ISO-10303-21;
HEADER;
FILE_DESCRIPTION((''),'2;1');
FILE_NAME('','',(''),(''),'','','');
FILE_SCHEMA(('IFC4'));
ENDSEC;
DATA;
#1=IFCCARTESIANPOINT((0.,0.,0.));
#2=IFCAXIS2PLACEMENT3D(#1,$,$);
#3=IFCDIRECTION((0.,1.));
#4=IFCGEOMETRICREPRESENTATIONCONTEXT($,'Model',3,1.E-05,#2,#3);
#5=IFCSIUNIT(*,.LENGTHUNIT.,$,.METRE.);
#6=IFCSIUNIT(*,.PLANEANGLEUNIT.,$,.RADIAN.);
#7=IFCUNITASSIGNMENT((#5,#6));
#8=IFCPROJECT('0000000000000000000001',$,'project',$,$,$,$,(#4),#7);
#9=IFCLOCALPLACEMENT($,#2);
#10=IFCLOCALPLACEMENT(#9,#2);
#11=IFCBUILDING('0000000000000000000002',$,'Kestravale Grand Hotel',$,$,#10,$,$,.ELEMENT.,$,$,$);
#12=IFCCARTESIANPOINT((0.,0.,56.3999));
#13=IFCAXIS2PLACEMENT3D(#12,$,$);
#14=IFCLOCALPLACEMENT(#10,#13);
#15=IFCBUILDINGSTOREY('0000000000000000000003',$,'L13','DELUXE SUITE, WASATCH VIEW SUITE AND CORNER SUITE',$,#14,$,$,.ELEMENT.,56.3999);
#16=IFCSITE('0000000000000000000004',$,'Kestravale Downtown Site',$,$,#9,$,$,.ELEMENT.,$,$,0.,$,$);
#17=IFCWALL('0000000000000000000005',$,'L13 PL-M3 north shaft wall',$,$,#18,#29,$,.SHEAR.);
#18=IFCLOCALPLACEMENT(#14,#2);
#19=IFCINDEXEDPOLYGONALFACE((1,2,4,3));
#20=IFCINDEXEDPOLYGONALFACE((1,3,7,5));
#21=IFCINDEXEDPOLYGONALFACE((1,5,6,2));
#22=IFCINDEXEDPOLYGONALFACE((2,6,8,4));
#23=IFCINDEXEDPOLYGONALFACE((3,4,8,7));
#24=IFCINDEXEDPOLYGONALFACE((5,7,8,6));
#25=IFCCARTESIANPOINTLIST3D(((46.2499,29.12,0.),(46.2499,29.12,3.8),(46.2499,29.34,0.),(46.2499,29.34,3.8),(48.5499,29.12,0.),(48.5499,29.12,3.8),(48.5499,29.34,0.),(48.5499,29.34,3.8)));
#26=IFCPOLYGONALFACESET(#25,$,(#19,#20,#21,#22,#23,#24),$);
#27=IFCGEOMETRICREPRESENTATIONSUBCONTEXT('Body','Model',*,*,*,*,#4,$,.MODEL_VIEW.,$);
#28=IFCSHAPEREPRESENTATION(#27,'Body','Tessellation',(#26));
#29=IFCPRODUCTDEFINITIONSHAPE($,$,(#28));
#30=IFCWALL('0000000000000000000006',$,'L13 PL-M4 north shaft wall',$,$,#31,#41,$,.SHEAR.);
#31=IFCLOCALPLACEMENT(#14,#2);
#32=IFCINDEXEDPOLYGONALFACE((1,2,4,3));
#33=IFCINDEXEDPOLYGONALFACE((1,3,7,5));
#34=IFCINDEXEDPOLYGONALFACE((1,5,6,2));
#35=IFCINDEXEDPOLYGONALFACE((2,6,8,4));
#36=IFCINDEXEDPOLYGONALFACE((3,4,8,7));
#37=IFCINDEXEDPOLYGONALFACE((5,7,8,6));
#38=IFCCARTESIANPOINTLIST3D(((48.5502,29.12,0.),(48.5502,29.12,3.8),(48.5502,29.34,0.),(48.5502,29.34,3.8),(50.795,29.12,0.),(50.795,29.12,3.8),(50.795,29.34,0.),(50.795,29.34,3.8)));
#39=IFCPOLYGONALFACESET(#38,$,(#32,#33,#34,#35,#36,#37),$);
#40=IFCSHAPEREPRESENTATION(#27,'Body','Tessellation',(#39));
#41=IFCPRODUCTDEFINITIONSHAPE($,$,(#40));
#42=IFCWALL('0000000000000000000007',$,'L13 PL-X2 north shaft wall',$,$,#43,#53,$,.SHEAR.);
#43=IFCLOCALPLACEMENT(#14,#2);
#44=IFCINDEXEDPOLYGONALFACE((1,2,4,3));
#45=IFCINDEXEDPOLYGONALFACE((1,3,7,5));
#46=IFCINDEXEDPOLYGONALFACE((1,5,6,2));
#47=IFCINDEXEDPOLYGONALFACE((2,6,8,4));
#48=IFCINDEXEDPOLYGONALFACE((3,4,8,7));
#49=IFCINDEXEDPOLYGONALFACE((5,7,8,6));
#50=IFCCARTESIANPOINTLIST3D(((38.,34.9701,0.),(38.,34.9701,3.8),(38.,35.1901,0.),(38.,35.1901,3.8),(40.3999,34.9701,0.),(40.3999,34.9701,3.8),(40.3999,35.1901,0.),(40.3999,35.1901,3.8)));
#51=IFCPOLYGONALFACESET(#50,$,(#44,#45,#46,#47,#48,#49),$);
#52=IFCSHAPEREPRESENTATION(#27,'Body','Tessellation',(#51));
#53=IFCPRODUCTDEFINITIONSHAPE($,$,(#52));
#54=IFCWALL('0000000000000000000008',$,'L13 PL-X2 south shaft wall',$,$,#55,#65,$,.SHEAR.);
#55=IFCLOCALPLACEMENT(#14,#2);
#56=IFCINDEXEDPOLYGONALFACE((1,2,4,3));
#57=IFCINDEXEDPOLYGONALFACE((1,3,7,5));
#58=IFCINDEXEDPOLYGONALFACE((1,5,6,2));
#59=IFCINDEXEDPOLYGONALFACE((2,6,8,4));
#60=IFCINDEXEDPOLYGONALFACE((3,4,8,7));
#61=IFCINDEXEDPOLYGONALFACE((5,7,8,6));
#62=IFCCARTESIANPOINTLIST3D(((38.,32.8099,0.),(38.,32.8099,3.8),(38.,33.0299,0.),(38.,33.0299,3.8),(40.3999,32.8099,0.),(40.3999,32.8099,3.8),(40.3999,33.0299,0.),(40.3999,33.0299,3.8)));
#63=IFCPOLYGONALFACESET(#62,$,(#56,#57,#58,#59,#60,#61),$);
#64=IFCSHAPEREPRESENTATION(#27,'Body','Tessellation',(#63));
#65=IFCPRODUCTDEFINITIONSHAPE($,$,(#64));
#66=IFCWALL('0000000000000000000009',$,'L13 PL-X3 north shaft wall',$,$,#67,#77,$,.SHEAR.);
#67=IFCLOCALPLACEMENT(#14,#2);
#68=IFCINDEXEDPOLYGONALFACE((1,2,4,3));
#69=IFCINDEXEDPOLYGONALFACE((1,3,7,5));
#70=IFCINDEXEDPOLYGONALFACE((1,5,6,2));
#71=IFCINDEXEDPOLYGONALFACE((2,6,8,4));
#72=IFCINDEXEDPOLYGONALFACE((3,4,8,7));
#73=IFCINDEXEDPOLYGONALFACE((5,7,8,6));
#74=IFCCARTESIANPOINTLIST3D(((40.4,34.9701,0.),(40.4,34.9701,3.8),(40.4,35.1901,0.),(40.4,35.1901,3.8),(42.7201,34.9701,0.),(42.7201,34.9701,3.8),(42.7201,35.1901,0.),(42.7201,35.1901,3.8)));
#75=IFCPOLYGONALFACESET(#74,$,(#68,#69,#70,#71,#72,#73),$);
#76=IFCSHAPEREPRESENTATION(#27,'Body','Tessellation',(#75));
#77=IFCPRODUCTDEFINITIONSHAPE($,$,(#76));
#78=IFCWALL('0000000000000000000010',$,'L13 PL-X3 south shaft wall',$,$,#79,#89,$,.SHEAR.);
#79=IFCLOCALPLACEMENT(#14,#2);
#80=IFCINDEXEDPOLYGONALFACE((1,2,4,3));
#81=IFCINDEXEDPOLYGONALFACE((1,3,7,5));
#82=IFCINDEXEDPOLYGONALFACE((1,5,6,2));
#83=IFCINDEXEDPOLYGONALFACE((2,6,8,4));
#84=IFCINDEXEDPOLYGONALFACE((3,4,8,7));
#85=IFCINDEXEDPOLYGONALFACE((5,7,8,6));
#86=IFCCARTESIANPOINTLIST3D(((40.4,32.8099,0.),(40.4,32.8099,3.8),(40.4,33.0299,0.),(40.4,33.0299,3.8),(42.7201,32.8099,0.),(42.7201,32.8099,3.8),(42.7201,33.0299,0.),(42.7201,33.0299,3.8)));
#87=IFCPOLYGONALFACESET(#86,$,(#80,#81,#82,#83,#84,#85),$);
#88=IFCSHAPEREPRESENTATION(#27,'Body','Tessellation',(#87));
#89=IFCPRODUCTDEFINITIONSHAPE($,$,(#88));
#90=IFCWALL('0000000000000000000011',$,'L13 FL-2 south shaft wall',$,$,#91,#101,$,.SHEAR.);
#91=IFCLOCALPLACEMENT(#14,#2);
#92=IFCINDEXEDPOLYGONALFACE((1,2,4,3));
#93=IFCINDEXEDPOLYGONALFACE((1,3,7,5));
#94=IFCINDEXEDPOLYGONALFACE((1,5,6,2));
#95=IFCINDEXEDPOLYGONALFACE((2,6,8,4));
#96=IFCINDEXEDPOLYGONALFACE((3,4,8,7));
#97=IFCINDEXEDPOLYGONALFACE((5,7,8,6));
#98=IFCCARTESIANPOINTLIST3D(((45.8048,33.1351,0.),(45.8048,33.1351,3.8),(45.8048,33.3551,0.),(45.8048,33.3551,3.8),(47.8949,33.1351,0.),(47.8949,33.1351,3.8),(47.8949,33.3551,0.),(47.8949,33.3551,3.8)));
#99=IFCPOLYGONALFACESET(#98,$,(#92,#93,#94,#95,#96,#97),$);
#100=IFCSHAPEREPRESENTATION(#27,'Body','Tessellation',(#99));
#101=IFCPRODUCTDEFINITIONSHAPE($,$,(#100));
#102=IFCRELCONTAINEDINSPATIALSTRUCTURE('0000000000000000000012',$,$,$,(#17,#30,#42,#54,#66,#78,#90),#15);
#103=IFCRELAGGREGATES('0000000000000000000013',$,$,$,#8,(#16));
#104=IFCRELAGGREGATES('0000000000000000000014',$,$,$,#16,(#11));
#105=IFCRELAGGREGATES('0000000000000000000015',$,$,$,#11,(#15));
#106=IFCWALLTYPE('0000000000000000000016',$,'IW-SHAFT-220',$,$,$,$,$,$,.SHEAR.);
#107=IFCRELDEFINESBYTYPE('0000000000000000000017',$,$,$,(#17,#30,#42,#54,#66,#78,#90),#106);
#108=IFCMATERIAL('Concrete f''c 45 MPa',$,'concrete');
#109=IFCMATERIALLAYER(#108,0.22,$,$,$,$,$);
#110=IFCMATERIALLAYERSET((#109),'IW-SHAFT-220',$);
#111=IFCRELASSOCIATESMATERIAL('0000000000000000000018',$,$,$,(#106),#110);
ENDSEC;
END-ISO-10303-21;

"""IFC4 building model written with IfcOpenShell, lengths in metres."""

from ifc_helpers import new_model, si_unit, direction, frame, frame_2d, origin, place, context, subcontext, project, spatial, rectangle, extrude, material, layer, layer_set, type_object, element, save


model = new_model("IFC4")

# Units and contexts
model_context = context("Model", 3, precision=1e-05, world=origin(), true_north=direction((0.0, 1.0)))
body_context = subcontext(model_context, "Body", "Model", "MODEL_VIEW")
ifc_project = project(units=[si_unit("LENGTHUNIT", "METRE"), si_unit("PLANEANGLEUNIT", "RADIAN")], contexts=[model_context])

# Site, building, storey
site_placement = place(None, origin())
site = spatial("IfcSite", under=ifc_project, at=site_placement, Name="Kestravale Downtown Site", CompositionType="ELEMENT", RefElevation=0.0)
building_placement = place(site_placement, origin())
building = spatial("IfcBuilding", under=site, at=building_placement, Name="Kestravale Grand Hotel", CompositionType="ELEMENT")
storey_placement = place(building_placement, frame((0.0, 0.0, 56.3999)))
storey = spatial("IfcBuildingStorey", under=building, at=storey_placement, Name="L13", Description="DELUXE SUITE, WASATCH VIEW SUITE AND CORNER SUITE", CompositionType="ELEMENT", Elevation=56.3999)

# Walls
ifc_material_1 = material(Name="Concrete f'c 45 MPa", Category="concrete")
ifc_layer_1 = layer(ifc_material_1, 0.22)
ifc_layer_set_1 = layer_set([ifc_layer_1], Name="IW-SHAFT-220")
wall_type_1 = type_object("IfcWallType", Name="IW-SHAFT-220", PredefinedType="SHEAR", material=ifc_layer_set_1)
for number, where, z_axis, x_axis, name in (
    (1, (46.25, 29.23, 0.0), (0.0, 0.0, 1.0), (1.0, 0.0, 0.0), "L13 PL-M3 north shaft wall"),
):
    element("IfcWall", number, at=place(storey_placement, frame(where, z_axis=z_axis, x_axis=x_axis)), inside=storey, type_object=wall_type_1, Name=name, PredefinedType="SHEAR", context=body_context, shape_type="SweptSolid", body=[
        extrude(rectangle(XDim=2.3, YDim=0.22, at=frame_2d((1.1499, 0.0))), origin(), (0.0, 0.0, 1.0), 3.8),
    ])
wall_1_placement = place(storey_placement, frame((48.55, 29.23, 0.0), z_axis=(0.0, 0.0, 1.0), x_axis=(1.0, 0.0, 0.0)))
element("IfcWall", 2, at=wall_1_placement, inside=storey, type_object=wall_type_1, Name="L13 PL-M4 north shaft wall", PredefinedType="SHEAR", context=body_context, shape_type="SweptSolid", body=[
    extrude(rectangle(XDim=2.2449, YDim=0.22, at=frame_2d((1.1226, 0.0))), origin(), (0.0, 0.0, 1.0), 3.8),
])
for number, where, z_axis, x_axis, name in (
    (3, (38.0, 35.0801, 0.0), (0.0, 0.0, 1.0), (1.0, 0.0, 0.0), "L13 PL-X2 north shaft wall"),
    (4, (38.0, 32.9199, 0.0), (0.0, 0.0, 1.0), (1.0, 0.0, 0.0), "L13 PL-X2 south shaft wall"),
):
    element("IfcWall", number, at=place(storey_placement, frame(where, z_axis=z_axis, x_axis=x_axis)), inside=storey, type_object=wall_type_1, Name=name, PredefinedType="SHEAR", context=body_context, shape_type="SweptSolid", body=[
        extrude(rectangle(XDim=2.3999, YDim=0.22, at=frame_2d((1.2, 0.0))), origin(), (0.0, 0.0, 1.0), 3.8),
    ])
for number, where, z_axis, x_axis, name in (
    (5, (40.3999, 35.0801, 0.0), (0.0, 0.0, 1.0), (1.0, 0.0, 0.0), "L13 PL-X3 north shaft wall"),
    (6, (40.3999, 32.9199, 0.0), (0.0, 0.0, 1.0), (1.0, 0.0, 0.0), "L13 PL-X3 south shaft wall"),
):
    element("IfcWall", number, at=place(storey_placement, frame(where, z_axis=z_axis, x_axis=x_axis)), inside=storey, type_object=wall_type_1, Name=name, PredefinedType="SHEAR", context=body_context, shape_type="SweptSolid", body=[
        extrude(rectangle(XDim=2.3201, YDim=0.22, at=frame_2d((1.1602, 0.0))), origin(), (0.0, 0.0, 1.0), 3.8),
    ])

# Wall
wall_2_placement = place(storey_placement, frame((45.8049, 33.2451, 0.0), z_axis=(0.0, 0.0, 1.0), x_axis=(1.0, 0.0, 0.0)))
element("IfcWall", 7, at=wall_2_placement, inside=storey, type_object=wall_type_1, Name="L13 FL-2 south shaft wall", PredefinedType="SHEAR", context=body_context, shape_type="SweptSolid", body=[
    extrude(rectangle(XDim=2.0901, YDim=0.22, at=frame_2d((1.0449, 0.0))), origin(), (0.0, 0.0, 1.0), 3.8),
])

save(model, "model.ifc")
